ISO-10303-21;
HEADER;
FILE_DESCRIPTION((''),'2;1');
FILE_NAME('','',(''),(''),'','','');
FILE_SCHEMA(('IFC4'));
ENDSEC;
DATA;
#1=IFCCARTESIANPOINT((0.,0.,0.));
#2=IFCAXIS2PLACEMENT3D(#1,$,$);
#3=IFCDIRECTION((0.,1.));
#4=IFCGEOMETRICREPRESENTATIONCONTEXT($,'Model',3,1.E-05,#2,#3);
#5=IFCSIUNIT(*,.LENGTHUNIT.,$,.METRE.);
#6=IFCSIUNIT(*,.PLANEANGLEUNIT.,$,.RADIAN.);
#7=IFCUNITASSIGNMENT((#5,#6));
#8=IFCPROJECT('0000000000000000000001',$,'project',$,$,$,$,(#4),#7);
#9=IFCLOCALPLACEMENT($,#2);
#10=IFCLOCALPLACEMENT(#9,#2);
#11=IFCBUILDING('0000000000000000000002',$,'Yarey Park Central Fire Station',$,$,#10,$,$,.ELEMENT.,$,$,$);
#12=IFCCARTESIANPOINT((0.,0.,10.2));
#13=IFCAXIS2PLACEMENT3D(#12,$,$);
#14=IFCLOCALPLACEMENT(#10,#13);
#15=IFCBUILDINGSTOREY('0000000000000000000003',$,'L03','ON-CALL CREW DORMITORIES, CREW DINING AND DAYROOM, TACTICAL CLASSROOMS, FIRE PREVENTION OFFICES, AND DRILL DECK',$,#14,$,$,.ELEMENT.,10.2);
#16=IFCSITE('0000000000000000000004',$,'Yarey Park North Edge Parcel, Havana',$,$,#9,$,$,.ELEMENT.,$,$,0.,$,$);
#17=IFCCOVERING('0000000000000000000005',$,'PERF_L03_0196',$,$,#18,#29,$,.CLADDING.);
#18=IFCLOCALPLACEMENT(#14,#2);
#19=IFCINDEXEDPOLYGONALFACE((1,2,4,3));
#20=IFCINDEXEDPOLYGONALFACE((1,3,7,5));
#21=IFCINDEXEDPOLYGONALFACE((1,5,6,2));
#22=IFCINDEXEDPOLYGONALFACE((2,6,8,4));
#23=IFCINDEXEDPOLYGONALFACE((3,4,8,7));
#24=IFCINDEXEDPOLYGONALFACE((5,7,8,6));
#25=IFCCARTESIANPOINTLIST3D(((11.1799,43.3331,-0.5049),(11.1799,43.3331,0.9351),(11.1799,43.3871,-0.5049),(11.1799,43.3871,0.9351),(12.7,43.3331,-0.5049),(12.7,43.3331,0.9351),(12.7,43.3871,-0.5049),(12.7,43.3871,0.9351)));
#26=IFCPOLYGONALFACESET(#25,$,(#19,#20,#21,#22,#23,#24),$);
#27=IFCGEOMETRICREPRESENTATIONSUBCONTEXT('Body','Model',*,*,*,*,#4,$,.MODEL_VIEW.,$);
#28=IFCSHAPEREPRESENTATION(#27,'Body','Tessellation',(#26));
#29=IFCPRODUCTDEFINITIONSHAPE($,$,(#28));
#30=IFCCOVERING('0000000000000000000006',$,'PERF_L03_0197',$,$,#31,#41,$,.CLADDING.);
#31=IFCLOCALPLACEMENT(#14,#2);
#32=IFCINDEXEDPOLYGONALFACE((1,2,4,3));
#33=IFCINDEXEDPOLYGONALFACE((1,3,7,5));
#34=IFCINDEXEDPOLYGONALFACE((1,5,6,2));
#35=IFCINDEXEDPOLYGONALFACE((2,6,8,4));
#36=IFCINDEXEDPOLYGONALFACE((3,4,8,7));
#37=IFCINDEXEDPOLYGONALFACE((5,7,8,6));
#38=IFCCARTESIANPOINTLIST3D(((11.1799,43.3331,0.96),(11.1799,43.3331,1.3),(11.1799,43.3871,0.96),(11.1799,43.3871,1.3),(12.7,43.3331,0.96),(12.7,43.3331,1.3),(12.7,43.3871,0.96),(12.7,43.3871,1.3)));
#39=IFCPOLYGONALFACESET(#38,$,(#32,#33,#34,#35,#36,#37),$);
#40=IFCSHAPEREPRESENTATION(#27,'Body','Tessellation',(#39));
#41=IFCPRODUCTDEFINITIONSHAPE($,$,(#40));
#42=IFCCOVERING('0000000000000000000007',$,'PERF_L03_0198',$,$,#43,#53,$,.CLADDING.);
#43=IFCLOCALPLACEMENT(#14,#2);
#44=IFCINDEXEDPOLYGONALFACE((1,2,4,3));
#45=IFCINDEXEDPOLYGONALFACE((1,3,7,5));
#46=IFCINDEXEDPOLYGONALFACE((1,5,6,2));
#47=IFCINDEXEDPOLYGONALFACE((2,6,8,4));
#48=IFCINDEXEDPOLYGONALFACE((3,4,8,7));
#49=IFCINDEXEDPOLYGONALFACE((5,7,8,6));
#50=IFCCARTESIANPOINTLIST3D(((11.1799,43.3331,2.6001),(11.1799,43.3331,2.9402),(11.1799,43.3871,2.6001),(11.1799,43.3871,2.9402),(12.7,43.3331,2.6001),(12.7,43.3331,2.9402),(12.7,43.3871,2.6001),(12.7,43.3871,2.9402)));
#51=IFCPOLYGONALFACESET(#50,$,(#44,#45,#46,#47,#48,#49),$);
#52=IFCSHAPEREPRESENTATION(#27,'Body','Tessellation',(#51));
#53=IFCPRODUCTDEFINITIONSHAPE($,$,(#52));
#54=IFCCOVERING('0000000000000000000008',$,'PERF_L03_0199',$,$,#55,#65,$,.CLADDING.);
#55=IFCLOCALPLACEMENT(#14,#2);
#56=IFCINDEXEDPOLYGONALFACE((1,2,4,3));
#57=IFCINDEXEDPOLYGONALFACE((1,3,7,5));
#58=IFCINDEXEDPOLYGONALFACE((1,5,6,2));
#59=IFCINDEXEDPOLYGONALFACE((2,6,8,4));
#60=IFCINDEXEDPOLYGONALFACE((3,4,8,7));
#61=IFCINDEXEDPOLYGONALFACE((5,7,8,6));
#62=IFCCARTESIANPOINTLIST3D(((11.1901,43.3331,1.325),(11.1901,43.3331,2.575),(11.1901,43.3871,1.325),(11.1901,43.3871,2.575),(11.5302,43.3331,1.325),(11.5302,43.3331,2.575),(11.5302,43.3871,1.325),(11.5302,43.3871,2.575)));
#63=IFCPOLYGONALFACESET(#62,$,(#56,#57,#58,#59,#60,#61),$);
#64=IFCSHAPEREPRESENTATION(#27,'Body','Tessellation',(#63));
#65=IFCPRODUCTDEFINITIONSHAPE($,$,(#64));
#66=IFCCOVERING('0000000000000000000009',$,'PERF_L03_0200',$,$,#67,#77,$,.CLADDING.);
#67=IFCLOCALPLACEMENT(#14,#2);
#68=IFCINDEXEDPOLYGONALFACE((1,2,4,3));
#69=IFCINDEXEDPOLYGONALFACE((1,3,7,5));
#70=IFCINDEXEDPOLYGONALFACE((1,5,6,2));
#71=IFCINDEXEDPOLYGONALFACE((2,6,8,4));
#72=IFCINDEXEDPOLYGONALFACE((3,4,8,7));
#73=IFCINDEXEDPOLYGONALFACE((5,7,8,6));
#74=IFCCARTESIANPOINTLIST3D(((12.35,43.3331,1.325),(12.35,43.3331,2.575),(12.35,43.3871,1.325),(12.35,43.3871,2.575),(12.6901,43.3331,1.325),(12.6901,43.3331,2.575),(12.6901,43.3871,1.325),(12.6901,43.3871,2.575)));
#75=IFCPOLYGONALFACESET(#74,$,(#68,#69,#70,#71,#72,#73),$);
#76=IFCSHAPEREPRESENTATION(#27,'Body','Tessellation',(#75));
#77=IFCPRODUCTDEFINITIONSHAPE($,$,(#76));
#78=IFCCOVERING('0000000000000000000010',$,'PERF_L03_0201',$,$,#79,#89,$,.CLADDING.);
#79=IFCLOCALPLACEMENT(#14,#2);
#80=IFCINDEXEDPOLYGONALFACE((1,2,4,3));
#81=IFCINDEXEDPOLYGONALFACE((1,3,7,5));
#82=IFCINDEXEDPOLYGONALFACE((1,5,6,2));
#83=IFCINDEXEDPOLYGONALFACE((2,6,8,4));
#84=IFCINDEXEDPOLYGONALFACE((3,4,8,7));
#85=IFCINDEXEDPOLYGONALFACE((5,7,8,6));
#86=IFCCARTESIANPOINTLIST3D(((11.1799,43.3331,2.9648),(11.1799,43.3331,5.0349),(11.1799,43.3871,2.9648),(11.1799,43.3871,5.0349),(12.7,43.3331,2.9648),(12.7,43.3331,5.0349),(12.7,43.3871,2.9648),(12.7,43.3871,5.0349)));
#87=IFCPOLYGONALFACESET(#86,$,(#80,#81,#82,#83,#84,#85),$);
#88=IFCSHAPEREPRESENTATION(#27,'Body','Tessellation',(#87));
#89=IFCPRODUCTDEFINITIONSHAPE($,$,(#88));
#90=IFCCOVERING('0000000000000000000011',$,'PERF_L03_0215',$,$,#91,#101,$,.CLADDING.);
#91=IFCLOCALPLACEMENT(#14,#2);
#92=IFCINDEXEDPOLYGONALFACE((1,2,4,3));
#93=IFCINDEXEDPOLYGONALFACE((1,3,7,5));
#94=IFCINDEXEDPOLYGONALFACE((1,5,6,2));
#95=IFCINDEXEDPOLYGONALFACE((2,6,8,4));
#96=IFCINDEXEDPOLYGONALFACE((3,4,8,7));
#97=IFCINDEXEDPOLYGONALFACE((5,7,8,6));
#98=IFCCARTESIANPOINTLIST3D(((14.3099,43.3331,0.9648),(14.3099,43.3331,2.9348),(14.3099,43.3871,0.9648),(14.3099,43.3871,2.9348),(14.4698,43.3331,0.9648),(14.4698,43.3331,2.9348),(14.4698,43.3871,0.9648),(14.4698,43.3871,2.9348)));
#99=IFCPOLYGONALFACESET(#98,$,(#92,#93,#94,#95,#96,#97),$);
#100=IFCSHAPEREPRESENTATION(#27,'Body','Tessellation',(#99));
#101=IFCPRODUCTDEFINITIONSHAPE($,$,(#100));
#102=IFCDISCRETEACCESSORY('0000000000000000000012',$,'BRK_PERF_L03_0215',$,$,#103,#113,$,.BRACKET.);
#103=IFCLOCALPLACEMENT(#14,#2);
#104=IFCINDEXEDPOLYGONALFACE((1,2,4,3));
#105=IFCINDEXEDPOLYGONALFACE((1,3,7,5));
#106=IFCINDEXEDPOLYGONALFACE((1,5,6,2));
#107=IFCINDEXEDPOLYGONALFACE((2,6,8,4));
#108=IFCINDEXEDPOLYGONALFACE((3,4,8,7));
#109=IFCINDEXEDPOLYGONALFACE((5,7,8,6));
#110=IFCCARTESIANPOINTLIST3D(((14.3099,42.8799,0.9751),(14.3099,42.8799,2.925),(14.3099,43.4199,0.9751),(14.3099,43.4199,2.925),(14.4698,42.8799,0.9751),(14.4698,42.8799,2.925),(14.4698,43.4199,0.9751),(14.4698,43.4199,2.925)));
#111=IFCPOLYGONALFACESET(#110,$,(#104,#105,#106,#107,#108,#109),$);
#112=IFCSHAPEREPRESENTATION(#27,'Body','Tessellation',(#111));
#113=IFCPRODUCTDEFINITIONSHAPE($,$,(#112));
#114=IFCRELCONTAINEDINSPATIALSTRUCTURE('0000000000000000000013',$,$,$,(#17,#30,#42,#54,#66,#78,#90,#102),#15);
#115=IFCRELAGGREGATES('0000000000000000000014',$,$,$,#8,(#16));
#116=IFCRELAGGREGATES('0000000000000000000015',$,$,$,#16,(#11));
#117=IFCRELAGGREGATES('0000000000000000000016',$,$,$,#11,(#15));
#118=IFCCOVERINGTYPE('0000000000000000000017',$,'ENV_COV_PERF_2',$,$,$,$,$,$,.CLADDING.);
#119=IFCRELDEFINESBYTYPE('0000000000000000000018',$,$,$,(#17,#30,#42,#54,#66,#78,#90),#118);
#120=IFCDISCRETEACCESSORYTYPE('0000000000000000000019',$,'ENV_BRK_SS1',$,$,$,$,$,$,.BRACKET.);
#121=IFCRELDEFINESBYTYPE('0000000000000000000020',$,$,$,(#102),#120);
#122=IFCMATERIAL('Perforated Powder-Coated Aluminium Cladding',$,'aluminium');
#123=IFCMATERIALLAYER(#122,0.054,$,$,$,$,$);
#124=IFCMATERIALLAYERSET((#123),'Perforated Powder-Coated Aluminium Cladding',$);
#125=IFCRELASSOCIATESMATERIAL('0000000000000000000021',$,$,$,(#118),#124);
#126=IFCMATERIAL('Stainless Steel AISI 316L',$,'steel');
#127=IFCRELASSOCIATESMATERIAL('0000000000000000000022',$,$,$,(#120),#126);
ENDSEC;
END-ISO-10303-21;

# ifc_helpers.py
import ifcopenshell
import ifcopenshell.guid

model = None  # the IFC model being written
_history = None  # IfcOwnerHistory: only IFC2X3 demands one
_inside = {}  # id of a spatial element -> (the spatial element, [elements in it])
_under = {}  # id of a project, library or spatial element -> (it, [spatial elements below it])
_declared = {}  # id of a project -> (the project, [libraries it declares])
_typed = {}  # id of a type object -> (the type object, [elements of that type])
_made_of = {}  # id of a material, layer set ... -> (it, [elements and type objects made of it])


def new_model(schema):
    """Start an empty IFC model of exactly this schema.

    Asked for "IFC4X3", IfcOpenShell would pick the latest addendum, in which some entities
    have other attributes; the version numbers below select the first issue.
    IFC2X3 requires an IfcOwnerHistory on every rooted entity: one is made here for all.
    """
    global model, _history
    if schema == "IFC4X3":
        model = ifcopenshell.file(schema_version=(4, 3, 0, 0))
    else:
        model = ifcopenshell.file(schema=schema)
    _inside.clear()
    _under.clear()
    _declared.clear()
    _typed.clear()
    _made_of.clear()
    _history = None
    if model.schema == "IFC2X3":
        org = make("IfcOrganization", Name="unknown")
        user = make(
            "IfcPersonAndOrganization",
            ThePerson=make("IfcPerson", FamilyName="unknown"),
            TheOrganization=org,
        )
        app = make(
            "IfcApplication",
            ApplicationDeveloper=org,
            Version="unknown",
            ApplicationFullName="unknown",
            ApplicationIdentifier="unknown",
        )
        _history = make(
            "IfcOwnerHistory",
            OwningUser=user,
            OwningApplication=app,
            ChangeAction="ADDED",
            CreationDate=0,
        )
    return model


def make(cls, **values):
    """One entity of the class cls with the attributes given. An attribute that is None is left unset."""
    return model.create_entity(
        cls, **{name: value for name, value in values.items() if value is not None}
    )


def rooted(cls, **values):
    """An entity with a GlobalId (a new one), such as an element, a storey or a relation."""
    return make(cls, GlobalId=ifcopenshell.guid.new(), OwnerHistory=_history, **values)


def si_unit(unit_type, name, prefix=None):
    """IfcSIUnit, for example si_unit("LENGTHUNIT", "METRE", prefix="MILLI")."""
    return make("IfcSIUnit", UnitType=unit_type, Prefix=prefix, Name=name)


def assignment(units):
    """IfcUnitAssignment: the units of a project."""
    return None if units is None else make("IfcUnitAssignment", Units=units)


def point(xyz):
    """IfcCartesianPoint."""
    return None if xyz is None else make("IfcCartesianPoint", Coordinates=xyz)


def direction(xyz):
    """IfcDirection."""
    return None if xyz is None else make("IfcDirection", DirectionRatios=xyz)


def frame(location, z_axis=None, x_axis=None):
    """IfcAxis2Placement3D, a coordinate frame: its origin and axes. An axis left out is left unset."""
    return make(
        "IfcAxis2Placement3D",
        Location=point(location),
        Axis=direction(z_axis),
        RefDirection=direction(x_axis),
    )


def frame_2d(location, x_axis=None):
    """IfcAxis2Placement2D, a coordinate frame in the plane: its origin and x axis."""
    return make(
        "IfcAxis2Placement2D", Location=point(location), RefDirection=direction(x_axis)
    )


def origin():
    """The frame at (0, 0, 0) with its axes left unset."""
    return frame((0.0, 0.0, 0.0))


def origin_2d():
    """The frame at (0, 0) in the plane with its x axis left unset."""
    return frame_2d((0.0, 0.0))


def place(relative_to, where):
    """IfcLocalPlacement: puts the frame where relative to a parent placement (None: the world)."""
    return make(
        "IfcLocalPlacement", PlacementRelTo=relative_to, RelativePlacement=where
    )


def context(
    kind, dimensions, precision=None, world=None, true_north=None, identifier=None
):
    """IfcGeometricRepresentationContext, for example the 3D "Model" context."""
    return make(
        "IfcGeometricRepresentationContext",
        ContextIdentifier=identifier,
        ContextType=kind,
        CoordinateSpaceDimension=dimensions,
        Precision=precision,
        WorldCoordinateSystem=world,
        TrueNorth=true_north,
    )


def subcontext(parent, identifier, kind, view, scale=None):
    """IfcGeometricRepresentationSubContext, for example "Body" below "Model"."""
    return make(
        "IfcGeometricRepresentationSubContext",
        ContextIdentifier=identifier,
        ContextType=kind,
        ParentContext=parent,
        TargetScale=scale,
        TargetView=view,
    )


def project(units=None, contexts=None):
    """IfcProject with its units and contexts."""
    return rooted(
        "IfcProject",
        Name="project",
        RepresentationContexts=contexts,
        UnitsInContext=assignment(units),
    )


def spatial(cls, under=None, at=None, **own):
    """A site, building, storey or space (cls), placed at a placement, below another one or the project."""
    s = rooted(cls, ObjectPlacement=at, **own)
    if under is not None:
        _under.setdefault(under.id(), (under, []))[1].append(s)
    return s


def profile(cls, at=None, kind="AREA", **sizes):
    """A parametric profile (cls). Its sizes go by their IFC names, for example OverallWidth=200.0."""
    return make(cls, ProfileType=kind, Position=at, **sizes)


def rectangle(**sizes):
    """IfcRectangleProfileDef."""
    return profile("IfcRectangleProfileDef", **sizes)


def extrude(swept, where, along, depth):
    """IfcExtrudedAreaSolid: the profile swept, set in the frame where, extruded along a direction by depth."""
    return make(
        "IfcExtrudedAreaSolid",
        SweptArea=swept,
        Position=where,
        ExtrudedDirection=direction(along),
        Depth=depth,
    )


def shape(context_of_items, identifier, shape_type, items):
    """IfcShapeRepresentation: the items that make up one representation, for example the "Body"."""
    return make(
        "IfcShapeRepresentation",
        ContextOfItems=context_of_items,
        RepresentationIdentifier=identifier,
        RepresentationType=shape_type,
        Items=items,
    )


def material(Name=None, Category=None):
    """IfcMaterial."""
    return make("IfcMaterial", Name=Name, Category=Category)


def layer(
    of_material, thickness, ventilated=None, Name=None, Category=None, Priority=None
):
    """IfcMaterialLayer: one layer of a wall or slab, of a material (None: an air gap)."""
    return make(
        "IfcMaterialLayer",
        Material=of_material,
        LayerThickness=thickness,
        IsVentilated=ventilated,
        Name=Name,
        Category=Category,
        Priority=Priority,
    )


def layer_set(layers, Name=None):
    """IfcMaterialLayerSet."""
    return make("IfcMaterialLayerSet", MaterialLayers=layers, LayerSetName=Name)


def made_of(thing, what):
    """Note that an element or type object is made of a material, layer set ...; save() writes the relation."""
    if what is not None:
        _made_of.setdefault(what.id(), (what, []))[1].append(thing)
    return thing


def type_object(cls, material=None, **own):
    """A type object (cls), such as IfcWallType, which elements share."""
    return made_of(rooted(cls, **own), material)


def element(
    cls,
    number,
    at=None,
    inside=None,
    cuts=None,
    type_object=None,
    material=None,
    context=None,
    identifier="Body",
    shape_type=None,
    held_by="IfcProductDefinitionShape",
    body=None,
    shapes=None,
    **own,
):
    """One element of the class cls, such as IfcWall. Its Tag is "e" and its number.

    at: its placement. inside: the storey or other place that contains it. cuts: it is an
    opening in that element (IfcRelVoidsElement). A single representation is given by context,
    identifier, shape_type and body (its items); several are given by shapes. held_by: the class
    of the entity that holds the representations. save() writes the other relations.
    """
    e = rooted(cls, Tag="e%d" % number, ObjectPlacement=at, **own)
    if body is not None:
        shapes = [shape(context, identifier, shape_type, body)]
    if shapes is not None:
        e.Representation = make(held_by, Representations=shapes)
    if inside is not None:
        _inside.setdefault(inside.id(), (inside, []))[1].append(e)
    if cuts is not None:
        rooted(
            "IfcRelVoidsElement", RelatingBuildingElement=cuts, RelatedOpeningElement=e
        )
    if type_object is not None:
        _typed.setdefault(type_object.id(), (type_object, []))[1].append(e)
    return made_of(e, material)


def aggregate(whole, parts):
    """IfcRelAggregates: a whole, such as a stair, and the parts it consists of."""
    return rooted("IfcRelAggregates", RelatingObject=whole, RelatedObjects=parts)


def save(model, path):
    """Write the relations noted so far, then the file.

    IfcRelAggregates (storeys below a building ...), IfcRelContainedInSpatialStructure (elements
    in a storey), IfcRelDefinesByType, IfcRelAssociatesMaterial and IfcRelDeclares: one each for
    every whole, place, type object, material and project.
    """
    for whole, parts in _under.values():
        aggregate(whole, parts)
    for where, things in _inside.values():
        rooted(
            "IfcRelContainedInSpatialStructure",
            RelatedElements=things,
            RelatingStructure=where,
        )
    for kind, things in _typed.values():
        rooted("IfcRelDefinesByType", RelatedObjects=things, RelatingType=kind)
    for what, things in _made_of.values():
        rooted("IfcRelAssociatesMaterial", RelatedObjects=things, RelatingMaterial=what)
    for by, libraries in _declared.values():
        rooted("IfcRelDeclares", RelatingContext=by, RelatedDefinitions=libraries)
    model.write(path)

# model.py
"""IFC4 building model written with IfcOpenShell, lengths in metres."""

from ifc_helpers import new_model, si_unit, direction, frame, origin, origin_2d, place, context, subcontext, project, spatial, rectangle, extrude, material, layer, layer_set, type_object, element, save


model = new_model("IFC4")

# Units and contexts
model_context = context("Model", 3, precision=1e-05, world=origin(), true_north=direction((0.0, 1.0)))
body_context = subcontext(model_context, "Body", "Model", "MODEL_VIEW")
ifc_project = project(units=[si_unit("LENGTHUNIT", "METRE"), si_unit("PLANEANGLEUNIT", "RADIAN")], contexts=[model_context])

# Site, building, storey
site_placement = place(None, origin())
site = spatial("IfcSite", under=ifc_project, at=site_placement, Name="Yarey Park North Edge Parcel, Havana", CompositionType="ELEMENT", RefElevation=0.0)
building_placement = place(site_placement, origin())
building = spatial("IfcBuilding", under=site, at=building_placement, Name="Yarey Park Central Fire Station", CompositionType="ELEMENT")
storey_placement = place(building_placement, frame((0.0, 0.0, 10.2)))
storey = spatial("IfcBuildingStorey", under=building, at=storey_placement, Name="L03", Description="ON-CALL CREW DORMITORIES, CREW DINING AND DAYROOM, TACTICAL CLASSROOMS, FIRE PREVENTION OFFICES, AND DRILL DECK", CompositionType="ELEMENT", Elevation=10.2)

# Coverings
ifc_material_1 = material(Name="Perforated Powder-Coated Aluminium Cladding", Category="aluminium")
ifc_layer_1 = layer(ifc_material_1, 0.054)
ifc_layer_set_1 = layer_set([ifc_layer_1], Name="Perforated Powder-Coated Aluminium Cladding")
covering_type_1 = type_object("IfcCoveringType", Name="ENV_COV_PERF_2", PredefinedType="CLADDING", material=ifc_layer_set_1)
covering_1_placement = place(storey_placement, frame((11.9399, 43.3601, -0.5049), z_axis=(0.0, 0.0, 1.0), x_axis=(1.0, 0.0, 0.0)))
element("IfcCovering", 1, at=covering_1_placement, inside=storey, type_object=covering_type_1, Name="PERF_L03_0196", PredefinedType="CLADDING", context=body_context, shape_type="SweptSolid", body=[
    extrude(rectangle(XDim=1.52, YDim=0.054, at=origin_2d()), origin(), (0.0, 0.0, 1.0), 1.4399),
])
for number, where, z_axis, x_axis, name in (
    (2, (11.9399, 43.3601, 0.96), (0.0, 0.0, 1.0), (1.0, 0.0, 0.0), "PERF_L03_0197"),
    (3, (11.9399, 43.3601, 2.6001), (0.0, 0.0, 1.0), (1.0, 0.0, 0.0), "PERF_L03_0198"),
):
    element("IfcCovering", number, at=place(storey_placement, frame(where, z_axis=z_axis, x_axis=x_axis)), inside=storey, type_object=covering_type_1, Name=name, PredefinedType="CLADDING", context=body_context, shape_type="SweptSolid", body=[
        extrude(rectangle(XDim=1.52, YDim=0.054, at=origin_2d()), origin(), (0.0, 0.0, 1.0), 0.3401),
    ])
for number, where, z_axis, x_axis, name in (
    (4, (11.3601, 43.3601, 1.325), (0.0, 0.0, 1.0), (1.0, 0.0, 0.0), "PERF_L03_0199"),
    (5, (12.52, 43.3601, 1.325), (0.0, 0.0, 1.0), (1.0, 0.0, 0.0), "PERF_L03_0200"),
):
    element("IfcCovering", number, at=place(storey_placement, frame(where, z_axis=z_axis, x_axis=x_axis)), inside=storey, type_object=covering_type_1, Name=name, PredefinedType="CLADDING", context=body_context, shape_type="SweptSolid", body=[
        extrude(rectangle(XDim=0.3401, YDim=0.054, at=origin_2d()), origin(), (0.0, 0.0, 1.0), 1.25),
    ])
covering_2_placement = place(storey_placement, frame((11.9399, 43.3601, 2.9648), z_axis=(0.0, 0.0, 1.0), x_axis=(1.0, 0.0, 0.0)))
element("IfcCovering", 6, at=covering_2_placement, inside=storey, type_object=covering_type_1, Name="PERF_L03_0201", PredefinedType="CLADDING", context=body_context, shape_type="SweptSolid", body=[
    extrude(rectangle(XDim=1.52, YDim=0.054, at=origin_2d()), origin(), (0.0, 0.0, 1.0), 2.0701),
])
covering_3_placement = place(storey_placement, frame((14.3899, 43.3601, 0.9648), z_axis=(0.0, 0.0, 1.0), x_axis=(1.0, 0.0, 0.0)))
element("IfcCovering", 7, at=covering_3_placement, inside=storey, type_object=covering_type_1, Name="PERF_L03_0215", PredefinedType="CLADDING", context=body_context, shape_type="SweptSolid", body=[
    extrude(rectangle(XDim=0.1599, YDim=0.054, at=origin_2d()), origin(), (0.0, 0.0, 1.0), 1.97),
])

# Discrete accessory
ifc_material_2 = material(Name="Stainless Steel AISI 316L", Category="steel")
discrete_accessory_type = type_object("IfcDiscreteAccessoryType", Name="ENV_BRK_SS1", PredefinedType="BRACKET", material=ifc_material_2)
discrete_accessory_placement = place(storey_placement, frame((14.3899, 43.1499, 0.9751), z_axis=(0.0, 0.0, 1.0), x_axis=(1.0, 0.0, 0.0)))
element("IfcDiscreteAccessory", 8, at=discrete_accessory_placement, inside=storey, type_object=discrete_accessory_type, Name="BRK_PERF_L03_0215", PredefinedType="BRACKET", context=body_context, shape_type="SweptSolid", body=[
    extrude(rectangle(XDim=0.1599, YDim=0.54, at=origin_2d()), origin(), (0.0, 0.0, 1.0), 1.95),
])

save(model, "model.ifc")
